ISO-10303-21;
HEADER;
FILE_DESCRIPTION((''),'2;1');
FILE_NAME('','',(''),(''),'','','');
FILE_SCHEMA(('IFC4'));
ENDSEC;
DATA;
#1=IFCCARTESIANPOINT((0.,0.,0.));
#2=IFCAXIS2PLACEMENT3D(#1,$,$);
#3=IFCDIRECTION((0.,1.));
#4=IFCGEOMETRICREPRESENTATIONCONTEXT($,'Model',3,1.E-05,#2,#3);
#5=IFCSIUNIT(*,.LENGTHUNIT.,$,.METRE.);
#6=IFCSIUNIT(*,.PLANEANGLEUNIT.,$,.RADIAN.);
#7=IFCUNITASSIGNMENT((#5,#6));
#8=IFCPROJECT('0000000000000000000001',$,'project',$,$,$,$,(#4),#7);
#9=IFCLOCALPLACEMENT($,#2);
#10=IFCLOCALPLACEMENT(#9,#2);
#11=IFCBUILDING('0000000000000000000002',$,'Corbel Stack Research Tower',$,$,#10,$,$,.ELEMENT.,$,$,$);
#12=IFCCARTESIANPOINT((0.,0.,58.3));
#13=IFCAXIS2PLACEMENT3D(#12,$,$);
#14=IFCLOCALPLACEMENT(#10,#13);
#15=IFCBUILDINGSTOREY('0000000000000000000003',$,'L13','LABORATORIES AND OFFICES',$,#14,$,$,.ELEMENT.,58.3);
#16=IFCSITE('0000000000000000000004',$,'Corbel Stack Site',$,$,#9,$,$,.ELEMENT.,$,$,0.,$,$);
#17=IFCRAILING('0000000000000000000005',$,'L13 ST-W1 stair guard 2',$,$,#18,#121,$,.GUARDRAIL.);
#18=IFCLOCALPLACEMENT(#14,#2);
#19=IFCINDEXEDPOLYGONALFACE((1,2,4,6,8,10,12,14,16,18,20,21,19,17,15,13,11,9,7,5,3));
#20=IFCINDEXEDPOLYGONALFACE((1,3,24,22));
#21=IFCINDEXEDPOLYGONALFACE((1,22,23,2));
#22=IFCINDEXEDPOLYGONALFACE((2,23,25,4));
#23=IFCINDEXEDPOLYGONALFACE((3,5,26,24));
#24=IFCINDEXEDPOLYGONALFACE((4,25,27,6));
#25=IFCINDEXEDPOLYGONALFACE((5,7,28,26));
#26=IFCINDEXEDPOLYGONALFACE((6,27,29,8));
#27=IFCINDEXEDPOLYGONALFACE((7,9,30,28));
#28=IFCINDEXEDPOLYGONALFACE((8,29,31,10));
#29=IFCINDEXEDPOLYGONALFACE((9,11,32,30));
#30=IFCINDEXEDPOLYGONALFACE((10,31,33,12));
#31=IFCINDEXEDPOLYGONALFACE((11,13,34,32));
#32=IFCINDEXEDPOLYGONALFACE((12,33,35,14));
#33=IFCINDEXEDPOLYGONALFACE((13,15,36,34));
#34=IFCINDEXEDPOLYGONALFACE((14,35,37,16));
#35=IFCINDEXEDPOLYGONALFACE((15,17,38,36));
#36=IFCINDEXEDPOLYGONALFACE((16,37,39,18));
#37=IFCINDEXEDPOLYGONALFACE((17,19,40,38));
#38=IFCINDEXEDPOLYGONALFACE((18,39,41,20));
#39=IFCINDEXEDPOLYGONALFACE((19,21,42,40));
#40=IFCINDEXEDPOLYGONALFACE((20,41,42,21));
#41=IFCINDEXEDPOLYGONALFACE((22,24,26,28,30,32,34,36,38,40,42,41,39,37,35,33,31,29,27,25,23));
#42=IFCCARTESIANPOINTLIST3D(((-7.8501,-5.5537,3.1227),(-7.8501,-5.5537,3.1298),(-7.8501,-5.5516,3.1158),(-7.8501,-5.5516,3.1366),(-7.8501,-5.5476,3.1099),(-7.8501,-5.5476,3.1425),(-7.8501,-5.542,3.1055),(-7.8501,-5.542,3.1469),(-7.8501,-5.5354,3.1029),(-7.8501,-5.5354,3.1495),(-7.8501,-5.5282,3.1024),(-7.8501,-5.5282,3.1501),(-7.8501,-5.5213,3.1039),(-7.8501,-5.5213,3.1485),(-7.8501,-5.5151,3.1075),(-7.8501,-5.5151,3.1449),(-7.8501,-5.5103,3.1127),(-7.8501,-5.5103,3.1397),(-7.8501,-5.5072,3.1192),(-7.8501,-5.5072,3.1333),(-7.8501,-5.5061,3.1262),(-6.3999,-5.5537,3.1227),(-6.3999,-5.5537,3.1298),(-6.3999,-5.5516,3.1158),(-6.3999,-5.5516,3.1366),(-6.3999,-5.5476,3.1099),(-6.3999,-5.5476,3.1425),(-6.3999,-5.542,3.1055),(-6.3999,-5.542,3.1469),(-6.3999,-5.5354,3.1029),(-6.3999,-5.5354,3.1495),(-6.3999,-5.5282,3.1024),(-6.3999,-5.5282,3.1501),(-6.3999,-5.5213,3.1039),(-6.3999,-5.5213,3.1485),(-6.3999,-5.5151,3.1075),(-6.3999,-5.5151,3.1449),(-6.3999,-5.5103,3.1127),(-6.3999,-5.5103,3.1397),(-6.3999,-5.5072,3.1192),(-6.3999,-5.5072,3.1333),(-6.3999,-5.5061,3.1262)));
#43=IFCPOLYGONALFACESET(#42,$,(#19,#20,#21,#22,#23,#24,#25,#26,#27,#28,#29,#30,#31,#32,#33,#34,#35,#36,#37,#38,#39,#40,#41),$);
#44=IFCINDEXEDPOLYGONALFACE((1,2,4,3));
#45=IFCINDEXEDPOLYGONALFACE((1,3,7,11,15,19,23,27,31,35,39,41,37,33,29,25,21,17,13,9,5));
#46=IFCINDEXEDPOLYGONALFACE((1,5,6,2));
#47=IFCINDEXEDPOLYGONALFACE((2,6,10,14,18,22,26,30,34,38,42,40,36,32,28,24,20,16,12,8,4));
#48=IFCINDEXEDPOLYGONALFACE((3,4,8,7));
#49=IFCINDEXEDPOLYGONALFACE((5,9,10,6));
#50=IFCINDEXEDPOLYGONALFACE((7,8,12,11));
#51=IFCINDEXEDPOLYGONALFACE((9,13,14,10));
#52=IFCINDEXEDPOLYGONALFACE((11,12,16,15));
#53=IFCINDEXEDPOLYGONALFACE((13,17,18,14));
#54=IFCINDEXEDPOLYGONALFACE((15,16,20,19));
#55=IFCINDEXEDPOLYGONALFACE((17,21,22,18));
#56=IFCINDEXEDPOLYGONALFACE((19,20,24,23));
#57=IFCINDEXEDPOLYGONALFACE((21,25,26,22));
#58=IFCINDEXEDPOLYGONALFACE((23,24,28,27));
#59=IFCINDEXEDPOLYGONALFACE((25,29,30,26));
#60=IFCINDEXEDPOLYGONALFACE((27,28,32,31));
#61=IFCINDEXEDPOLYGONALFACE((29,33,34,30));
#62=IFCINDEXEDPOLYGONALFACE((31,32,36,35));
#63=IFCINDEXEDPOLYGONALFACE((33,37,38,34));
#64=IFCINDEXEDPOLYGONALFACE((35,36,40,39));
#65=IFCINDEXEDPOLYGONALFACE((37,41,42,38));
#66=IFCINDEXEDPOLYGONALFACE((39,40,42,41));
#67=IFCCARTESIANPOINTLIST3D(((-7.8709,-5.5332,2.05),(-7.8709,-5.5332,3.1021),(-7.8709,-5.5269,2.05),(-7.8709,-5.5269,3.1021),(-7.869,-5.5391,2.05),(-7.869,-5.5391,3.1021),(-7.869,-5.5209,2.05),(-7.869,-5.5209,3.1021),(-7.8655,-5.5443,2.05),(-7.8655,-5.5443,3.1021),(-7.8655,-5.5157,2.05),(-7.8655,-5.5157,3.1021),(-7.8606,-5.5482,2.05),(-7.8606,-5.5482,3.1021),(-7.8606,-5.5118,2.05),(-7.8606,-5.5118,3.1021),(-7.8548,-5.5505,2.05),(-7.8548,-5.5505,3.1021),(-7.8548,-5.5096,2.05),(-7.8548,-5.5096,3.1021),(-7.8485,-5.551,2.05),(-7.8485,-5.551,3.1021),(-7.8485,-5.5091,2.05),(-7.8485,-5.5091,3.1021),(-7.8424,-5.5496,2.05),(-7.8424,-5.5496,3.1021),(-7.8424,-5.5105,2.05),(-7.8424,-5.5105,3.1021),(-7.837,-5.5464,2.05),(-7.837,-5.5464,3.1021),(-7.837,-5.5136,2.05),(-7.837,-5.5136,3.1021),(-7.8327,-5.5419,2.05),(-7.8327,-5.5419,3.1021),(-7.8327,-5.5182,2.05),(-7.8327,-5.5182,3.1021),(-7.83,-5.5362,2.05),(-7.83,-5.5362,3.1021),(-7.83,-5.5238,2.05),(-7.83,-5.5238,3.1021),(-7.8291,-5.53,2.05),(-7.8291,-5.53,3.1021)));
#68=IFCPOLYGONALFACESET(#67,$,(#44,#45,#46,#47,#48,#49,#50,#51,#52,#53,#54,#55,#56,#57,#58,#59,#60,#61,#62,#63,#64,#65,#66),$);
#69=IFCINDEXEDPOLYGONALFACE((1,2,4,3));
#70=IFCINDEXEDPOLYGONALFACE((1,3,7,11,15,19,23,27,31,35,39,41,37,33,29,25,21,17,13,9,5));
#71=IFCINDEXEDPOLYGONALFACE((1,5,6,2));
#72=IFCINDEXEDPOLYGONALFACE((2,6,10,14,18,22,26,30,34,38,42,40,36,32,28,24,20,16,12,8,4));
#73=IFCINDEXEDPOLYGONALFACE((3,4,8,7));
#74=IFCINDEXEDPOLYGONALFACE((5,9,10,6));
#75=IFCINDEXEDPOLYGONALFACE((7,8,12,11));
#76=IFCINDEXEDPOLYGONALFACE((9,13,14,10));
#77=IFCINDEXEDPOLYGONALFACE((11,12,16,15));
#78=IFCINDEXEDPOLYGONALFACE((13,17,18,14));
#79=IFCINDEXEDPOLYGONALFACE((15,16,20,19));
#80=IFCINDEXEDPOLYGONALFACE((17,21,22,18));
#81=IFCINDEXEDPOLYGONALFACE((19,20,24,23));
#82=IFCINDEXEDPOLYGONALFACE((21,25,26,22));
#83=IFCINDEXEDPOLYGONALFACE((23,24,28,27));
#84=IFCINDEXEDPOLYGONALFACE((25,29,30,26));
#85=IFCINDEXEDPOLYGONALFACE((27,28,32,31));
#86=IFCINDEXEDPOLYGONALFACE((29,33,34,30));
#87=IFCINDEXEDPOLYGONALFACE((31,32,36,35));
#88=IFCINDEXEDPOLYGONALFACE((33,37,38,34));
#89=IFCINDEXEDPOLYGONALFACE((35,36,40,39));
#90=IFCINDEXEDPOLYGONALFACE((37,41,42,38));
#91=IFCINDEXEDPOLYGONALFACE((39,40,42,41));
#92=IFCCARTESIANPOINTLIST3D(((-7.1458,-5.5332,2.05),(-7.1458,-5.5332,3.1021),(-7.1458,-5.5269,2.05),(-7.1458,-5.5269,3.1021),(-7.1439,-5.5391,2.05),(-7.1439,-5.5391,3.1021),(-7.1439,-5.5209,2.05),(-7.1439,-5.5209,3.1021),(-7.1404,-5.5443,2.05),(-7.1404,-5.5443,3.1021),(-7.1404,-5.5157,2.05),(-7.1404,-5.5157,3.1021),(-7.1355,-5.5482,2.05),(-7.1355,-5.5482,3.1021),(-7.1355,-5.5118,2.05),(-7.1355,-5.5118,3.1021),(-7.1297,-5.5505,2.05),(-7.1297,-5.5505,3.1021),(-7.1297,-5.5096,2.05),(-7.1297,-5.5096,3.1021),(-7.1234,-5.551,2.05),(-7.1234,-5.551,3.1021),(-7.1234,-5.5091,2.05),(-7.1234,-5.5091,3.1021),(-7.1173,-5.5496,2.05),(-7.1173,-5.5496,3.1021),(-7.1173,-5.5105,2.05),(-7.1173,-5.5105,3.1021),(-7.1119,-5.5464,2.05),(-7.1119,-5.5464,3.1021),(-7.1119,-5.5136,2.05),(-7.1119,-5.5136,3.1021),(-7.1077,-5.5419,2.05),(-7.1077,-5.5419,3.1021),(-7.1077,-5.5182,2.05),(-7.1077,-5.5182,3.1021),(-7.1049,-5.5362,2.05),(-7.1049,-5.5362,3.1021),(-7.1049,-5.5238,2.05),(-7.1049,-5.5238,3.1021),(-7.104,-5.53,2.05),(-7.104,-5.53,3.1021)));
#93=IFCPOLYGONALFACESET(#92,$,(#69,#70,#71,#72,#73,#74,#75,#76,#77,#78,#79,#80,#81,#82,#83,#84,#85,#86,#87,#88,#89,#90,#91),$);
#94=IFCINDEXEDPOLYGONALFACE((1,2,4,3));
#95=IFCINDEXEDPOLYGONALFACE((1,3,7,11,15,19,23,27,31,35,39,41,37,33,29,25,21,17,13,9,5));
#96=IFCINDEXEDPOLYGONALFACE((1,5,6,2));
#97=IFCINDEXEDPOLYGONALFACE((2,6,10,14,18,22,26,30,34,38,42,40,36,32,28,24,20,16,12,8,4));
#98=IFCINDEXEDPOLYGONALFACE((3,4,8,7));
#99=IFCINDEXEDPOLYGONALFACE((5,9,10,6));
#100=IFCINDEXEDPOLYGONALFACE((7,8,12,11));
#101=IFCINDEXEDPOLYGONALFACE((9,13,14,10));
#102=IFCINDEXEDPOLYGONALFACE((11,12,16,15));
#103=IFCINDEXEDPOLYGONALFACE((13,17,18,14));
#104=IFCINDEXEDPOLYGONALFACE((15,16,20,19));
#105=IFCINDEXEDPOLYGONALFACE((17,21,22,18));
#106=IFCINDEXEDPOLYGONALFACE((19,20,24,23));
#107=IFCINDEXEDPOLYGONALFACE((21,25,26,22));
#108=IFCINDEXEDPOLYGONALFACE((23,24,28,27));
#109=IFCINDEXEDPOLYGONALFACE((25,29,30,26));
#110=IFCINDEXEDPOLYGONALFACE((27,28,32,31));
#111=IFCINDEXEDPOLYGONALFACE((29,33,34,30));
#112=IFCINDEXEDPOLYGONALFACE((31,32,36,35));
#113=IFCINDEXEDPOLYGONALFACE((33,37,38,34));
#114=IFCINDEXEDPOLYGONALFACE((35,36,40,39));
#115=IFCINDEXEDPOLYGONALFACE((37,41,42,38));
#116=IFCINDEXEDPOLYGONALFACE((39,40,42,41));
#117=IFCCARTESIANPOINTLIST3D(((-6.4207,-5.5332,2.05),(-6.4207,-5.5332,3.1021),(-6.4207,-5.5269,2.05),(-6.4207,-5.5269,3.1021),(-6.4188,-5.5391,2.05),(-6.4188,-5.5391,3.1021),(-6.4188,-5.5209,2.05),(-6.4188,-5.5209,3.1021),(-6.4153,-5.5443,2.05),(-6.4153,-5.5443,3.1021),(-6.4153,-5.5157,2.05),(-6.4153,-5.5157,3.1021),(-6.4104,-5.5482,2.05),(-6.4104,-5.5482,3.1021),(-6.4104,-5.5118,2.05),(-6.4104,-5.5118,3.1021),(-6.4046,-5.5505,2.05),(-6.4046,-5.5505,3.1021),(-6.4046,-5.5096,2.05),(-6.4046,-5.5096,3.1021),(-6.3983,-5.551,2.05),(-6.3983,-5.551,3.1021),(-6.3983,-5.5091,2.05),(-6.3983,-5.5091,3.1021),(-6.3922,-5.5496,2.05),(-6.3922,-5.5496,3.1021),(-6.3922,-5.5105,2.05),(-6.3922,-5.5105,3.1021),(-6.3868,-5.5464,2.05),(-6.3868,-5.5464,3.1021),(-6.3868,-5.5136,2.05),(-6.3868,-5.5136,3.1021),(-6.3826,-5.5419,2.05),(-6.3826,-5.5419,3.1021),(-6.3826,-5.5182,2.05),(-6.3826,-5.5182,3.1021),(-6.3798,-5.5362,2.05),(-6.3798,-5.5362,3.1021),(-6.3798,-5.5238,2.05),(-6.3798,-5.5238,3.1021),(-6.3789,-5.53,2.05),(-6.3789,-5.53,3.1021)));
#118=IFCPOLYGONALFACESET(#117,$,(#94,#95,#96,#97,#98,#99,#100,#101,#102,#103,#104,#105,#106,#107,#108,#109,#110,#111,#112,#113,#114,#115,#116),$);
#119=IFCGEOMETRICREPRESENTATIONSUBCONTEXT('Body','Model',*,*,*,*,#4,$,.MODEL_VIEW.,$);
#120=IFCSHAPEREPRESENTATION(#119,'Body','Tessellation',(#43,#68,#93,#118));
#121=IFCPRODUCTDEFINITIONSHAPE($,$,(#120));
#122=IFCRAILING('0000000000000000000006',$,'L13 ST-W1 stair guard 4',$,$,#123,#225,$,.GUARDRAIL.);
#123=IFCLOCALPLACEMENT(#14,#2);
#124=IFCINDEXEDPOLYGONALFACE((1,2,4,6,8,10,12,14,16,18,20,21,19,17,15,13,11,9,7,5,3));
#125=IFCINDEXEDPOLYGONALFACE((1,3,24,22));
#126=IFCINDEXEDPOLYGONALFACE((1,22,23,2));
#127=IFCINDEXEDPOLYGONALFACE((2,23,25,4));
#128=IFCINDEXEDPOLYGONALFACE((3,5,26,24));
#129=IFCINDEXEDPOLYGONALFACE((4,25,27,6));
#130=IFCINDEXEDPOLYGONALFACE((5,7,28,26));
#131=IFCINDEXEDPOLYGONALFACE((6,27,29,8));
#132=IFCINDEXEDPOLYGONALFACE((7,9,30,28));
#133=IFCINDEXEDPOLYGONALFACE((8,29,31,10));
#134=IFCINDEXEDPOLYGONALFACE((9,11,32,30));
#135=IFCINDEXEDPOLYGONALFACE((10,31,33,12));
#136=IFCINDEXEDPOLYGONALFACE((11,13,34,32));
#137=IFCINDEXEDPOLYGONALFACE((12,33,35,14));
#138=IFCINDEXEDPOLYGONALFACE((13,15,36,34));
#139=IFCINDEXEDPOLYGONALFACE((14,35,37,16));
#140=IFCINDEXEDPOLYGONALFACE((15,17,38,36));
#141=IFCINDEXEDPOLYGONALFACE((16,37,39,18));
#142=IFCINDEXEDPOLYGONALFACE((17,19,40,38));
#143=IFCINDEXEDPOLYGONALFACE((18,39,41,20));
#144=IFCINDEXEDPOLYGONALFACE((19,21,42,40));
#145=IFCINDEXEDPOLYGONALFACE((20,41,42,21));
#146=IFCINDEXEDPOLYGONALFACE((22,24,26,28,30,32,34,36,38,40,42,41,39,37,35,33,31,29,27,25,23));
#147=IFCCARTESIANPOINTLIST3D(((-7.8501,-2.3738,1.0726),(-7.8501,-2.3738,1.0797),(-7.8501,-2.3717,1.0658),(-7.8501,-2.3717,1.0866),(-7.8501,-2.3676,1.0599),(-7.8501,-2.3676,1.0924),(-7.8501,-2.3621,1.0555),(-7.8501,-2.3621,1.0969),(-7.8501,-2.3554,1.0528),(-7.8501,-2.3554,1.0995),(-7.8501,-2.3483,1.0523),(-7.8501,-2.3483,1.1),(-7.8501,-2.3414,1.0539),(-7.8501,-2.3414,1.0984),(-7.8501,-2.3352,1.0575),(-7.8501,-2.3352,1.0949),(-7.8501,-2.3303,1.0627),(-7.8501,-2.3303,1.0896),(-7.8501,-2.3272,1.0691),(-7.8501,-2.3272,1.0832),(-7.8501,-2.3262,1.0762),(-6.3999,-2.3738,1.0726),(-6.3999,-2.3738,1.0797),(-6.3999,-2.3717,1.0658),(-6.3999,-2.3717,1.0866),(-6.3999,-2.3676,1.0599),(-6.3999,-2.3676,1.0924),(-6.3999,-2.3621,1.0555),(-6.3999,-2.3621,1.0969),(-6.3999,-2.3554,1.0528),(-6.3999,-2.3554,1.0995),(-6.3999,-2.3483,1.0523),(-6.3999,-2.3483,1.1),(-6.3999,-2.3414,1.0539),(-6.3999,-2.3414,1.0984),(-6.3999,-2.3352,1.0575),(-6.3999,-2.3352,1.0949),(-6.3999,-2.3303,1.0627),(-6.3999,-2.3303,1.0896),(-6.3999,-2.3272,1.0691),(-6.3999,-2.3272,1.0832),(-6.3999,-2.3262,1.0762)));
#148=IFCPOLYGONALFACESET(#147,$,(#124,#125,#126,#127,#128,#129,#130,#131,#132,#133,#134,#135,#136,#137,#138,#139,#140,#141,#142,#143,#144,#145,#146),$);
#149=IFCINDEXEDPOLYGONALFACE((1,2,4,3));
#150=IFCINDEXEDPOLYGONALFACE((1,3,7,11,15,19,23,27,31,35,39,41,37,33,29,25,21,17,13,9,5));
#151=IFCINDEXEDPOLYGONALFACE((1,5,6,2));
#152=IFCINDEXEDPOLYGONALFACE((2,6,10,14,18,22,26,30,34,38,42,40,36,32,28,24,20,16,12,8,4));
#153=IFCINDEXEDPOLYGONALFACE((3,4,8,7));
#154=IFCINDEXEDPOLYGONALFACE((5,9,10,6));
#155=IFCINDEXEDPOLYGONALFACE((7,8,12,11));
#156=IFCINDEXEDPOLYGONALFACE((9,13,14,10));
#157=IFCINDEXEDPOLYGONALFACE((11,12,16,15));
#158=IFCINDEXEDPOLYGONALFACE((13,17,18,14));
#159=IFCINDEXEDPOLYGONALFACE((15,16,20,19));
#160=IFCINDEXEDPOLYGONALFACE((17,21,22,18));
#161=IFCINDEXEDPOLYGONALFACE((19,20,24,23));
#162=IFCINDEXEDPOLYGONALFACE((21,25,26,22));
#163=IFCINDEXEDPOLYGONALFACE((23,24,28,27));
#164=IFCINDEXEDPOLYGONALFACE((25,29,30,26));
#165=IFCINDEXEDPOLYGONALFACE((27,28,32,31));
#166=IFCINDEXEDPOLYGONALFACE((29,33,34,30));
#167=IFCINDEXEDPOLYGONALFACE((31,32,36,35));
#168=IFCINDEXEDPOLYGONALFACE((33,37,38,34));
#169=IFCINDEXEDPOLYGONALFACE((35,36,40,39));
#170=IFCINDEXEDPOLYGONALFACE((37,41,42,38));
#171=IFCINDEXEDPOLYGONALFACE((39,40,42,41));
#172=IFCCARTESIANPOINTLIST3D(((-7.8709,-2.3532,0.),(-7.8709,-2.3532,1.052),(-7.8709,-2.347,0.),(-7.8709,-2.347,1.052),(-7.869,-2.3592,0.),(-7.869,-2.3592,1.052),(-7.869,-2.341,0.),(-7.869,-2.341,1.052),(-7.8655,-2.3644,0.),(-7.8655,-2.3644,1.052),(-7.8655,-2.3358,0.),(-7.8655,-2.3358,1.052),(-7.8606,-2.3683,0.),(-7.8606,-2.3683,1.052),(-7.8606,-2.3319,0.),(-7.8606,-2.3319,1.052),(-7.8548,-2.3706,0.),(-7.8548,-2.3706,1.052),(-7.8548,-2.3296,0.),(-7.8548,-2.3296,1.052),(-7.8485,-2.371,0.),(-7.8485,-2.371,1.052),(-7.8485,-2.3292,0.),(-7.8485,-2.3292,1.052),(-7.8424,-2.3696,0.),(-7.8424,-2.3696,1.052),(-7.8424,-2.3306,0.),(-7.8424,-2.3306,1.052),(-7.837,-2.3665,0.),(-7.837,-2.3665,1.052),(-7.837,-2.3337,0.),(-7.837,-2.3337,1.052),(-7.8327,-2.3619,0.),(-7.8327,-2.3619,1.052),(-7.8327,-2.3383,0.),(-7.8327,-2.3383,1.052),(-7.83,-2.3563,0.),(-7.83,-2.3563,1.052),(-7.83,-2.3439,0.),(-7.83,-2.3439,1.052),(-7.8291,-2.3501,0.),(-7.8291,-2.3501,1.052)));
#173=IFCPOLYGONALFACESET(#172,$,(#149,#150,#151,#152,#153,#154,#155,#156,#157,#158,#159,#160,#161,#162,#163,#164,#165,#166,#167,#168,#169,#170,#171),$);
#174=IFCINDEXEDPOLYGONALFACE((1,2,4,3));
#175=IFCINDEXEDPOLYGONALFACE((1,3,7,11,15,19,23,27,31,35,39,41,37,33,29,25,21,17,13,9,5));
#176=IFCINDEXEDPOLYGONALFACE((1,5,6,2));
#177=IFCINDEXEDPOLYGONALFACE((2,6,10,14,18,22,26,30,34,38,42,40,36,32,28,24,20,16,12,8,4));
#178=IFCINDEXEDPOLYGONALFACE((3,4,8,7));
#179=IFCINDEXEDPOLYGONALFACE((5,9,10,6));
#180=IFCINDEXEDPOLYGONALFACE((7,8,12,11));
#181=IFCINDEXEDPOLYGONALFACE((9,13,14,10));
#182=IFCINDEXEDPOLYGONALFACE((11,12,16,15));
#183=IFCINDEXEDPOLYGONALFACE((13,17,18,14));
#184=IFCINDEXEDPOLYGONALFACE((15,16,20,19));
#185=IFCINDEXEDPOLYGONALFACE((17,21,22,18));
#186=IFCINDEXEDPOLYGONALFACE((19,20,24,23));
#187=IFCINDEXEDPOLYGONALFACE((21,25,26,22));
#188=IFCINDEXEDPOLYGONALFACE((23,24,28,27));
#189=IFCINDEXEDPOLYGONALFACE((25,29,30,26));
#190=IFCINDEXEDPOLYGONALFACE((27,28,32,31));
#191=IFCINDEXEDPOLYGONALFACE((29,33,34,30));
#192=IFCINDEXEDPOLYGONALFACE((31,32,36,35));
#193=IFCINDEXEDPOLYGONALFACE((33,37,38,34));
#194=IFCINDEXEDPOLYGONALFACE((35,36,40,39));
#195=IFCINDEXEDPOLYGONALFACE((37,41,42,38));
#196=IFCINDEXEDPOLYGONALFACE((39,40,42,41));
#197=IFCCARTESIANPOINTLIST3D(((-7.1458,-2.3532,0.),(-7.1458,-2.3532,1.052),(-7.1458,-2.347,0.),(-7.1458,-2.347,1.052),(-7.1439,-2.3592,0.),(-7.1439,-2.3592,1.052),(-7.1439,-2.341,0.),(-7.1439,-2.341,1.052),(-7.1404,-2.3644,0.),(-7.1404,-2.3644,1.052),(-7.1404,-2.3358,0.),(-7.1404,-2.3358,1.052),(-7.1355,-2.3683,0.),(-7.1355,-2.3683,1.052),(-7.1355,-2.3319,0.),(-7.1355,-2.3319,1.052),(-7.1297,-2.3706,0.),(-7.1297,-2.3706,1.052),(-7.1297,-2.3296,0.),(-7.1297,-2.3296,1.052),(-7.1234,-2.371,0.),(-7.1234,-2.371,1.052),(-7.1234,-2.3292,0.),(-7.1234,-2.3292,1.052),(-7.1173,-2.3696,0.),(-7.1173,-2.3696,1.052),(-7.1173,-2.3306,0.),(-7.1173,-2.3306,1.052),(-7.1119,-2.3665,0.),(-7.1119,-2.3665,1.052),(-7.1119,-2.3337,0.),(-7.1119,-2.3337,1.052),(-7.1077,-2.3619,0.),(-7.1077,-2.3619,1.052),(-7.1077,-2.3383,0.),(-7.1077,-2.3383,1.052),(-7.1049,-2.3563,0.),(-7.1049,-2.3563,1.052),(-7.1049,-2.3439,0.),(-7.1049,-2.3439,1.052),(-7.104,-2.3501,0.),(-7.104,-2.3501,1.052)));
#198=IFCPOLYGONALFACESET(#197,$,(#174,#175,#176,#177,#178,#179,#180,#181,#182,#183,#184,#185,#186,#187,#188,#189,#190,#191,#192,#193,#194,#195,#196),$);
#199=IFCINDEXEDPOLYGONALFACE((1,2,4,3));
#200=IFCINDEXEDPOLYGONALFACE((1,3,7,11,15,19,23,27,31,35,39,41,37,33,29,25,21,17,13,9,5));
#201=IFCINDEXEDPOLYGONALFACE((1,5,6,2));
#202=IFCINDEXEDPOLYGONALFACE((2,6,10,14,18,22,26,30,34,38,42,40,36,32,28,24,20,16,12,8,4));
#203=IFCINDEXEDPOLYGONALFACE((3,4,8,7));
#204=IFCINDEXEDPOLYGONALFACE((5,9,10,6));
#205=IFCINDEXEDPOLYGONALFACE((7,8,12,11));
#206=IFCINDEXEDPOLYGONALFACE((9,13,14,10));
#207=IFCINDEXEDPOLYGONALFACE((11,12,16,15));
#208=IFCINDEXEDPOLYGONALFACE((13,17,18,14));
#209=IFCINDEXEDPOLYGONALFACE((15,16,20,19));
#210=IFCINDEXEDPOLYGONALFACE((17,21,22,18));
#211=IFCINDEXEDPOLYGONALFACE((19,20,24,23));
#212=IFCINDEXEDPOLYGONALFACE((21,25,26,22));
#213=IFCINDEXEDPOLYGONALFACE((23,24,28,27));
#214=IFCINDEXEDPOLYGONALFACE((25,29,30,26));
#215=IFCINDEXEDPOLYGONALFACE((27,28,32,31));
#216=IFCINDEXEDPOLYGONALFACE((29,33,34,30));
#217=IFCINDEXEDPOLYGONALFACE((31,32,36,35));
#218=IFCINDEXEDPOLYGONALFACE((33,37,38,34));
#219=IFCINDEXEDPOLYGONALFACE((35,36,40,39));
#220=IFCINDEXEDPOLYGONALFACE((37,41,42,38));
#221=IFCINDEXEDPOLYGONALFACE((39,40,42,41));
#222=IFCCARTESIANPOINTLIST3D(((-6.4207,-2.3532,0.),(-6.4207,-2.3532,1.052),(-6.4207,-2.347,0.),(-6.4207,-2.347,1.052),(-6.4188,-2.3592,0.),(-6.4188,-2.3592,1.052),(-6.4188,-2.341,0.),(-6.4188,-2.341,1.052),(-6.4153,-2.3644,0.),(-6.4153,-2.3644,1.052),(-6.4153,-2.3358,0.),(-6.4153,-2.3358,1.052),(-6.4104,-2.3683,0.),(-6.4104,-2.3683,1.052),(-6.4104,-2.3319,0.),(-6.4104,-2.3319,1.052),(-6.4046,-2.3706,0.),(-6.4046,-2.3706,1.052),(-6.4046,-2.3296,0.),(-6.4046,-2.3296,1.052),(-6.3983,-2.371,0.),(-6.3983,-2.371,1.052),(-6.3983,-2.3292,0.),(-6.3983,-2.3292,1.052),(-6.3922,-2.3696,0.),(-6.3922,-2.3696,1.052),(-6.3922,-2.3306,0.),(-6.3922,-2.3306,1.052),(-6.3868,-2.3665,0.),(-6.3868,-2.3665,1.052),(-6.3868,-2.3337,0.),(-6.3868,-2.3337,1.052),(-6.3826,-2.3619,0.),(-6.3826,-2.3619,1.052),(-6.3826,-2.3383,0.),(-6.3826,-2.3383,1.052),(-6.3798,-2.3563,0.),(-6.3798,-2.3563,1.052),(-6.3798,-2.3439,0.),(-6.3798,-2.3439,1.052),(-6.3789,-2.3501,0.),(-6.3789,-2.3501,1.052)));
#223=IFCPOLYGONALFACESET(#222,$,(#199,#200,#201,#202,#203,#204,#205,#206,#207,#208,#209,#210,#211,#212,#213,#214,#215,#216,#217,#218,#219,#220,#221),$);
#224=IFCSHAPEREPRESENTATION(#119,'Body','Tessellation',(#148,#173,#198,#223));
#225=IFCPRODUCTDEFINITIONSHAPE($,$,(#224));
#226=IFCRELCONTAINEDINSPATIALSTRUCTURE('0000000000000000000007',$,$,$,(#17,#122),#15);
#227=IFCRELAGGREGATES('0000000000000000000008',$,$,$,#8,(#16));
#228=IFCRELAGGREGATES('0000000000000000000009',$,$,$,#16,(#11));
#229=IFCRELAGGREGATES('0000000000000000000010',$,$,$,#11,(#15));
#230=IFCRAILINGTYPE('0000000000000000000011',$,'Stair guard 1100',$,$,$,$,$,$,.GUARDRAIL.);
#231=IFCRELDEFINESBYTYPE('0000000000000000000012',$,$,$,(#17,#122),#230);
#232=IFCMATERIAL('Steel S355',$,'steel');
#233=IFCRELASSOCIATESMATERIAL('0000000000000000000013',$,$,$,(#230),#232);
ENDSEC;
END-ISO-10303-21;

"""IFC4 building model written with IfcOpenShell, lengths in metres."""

from ifc_helpers import new_model, si_unit, direction, frame, origin, origin_2d, place, context, subcontext, project, spatial, circle, extrude, material, type_object, element, save


model = new_model("IFC4")

# Units and contexts
model_context = context("Model", 3, precision=1e-05, world=origin(), true_north=direction((0.0, 1.0)))
body_context = subcontext(model_context, "Body", "Model", "MODEL_VIEW")
ifc_project = project(units=[si_unit("LENGTHUNIT", "METRE"), si_unit("PLANEANGLEUNIT", "RADIAN")], contexts=[model_context])

# Site, building, storey
site_placement = place(None, origin())
site = spatial("IfcSite", under=ifc_project, at=site_placement, Name="Corbel Stack Site", CompositionType="ELEMENT", RefElevation=0.0)
building_placement = place(site_placement, origin())
building = spatial("IfcBuilding", under=site, at=building_placement, Name="Corbel Stack Research Tower", CompositionType="ELEMENT")
storey_placement = place(building_placement, frame((0.0, 0.0, 58.3)))
storey = spatial("IfcBuildingStorey", under=building, at=storey_placement, Name="L13", Description="LABORATORIES AND OFFICES", CompositionType="ELEMENT", Elevation=58.3)

# Railings
ifc_material_1 = material(Name="Steel S355", Category="steel")
railing_type_1 = type_object("IfcRailingType", Name="Stair guard 1100", PredefinedType="GUARDRAIL", material=ifc_material_1)
for number, where, name in (
    (1, (-7.8501, -5.53, 2.05), "L13 ST-W1 stair guard 2"),
    (2, (-7.8501, -2.3501, 0.0), "L13 ST-W1 stair guard 4"),
):
    element("IfcRailing", number, at=place(storey_placement, frame(where)), inside=storey, type_object=railing_type_1, Name=name, PredefinedType="GUARDRAIL", context=body_context, shape_type="SweptSolid", body=[
        extrude(circle(Radius=0.0239, at=origin_2d()), frame((0.0, 0.0, 1.0762), z_axis=(1.0, 0.0, 0.0), x_axis=(0.0, 1.0, 0.0)), (0.0, 0.0, 1.0), 1.4502),
        extrude(circle(Radius=0.021, at=origin_2d()), origin(), (0.0, 0.0, 1.0), 1.052),
        extrude(circle(Radius=0.021, at=origin_2d()), frame((0.7251, 0.0, 0.0)), (0.0, 0.0, 1.0), 1.052),
        extrude(circle(Radius=0.021, at=origin_2d()), frame((1.4502, 0.0, 0.0)), (0.0, 0.0, 1.0), 1.052),
    ])

save(model, "model.ifc")
